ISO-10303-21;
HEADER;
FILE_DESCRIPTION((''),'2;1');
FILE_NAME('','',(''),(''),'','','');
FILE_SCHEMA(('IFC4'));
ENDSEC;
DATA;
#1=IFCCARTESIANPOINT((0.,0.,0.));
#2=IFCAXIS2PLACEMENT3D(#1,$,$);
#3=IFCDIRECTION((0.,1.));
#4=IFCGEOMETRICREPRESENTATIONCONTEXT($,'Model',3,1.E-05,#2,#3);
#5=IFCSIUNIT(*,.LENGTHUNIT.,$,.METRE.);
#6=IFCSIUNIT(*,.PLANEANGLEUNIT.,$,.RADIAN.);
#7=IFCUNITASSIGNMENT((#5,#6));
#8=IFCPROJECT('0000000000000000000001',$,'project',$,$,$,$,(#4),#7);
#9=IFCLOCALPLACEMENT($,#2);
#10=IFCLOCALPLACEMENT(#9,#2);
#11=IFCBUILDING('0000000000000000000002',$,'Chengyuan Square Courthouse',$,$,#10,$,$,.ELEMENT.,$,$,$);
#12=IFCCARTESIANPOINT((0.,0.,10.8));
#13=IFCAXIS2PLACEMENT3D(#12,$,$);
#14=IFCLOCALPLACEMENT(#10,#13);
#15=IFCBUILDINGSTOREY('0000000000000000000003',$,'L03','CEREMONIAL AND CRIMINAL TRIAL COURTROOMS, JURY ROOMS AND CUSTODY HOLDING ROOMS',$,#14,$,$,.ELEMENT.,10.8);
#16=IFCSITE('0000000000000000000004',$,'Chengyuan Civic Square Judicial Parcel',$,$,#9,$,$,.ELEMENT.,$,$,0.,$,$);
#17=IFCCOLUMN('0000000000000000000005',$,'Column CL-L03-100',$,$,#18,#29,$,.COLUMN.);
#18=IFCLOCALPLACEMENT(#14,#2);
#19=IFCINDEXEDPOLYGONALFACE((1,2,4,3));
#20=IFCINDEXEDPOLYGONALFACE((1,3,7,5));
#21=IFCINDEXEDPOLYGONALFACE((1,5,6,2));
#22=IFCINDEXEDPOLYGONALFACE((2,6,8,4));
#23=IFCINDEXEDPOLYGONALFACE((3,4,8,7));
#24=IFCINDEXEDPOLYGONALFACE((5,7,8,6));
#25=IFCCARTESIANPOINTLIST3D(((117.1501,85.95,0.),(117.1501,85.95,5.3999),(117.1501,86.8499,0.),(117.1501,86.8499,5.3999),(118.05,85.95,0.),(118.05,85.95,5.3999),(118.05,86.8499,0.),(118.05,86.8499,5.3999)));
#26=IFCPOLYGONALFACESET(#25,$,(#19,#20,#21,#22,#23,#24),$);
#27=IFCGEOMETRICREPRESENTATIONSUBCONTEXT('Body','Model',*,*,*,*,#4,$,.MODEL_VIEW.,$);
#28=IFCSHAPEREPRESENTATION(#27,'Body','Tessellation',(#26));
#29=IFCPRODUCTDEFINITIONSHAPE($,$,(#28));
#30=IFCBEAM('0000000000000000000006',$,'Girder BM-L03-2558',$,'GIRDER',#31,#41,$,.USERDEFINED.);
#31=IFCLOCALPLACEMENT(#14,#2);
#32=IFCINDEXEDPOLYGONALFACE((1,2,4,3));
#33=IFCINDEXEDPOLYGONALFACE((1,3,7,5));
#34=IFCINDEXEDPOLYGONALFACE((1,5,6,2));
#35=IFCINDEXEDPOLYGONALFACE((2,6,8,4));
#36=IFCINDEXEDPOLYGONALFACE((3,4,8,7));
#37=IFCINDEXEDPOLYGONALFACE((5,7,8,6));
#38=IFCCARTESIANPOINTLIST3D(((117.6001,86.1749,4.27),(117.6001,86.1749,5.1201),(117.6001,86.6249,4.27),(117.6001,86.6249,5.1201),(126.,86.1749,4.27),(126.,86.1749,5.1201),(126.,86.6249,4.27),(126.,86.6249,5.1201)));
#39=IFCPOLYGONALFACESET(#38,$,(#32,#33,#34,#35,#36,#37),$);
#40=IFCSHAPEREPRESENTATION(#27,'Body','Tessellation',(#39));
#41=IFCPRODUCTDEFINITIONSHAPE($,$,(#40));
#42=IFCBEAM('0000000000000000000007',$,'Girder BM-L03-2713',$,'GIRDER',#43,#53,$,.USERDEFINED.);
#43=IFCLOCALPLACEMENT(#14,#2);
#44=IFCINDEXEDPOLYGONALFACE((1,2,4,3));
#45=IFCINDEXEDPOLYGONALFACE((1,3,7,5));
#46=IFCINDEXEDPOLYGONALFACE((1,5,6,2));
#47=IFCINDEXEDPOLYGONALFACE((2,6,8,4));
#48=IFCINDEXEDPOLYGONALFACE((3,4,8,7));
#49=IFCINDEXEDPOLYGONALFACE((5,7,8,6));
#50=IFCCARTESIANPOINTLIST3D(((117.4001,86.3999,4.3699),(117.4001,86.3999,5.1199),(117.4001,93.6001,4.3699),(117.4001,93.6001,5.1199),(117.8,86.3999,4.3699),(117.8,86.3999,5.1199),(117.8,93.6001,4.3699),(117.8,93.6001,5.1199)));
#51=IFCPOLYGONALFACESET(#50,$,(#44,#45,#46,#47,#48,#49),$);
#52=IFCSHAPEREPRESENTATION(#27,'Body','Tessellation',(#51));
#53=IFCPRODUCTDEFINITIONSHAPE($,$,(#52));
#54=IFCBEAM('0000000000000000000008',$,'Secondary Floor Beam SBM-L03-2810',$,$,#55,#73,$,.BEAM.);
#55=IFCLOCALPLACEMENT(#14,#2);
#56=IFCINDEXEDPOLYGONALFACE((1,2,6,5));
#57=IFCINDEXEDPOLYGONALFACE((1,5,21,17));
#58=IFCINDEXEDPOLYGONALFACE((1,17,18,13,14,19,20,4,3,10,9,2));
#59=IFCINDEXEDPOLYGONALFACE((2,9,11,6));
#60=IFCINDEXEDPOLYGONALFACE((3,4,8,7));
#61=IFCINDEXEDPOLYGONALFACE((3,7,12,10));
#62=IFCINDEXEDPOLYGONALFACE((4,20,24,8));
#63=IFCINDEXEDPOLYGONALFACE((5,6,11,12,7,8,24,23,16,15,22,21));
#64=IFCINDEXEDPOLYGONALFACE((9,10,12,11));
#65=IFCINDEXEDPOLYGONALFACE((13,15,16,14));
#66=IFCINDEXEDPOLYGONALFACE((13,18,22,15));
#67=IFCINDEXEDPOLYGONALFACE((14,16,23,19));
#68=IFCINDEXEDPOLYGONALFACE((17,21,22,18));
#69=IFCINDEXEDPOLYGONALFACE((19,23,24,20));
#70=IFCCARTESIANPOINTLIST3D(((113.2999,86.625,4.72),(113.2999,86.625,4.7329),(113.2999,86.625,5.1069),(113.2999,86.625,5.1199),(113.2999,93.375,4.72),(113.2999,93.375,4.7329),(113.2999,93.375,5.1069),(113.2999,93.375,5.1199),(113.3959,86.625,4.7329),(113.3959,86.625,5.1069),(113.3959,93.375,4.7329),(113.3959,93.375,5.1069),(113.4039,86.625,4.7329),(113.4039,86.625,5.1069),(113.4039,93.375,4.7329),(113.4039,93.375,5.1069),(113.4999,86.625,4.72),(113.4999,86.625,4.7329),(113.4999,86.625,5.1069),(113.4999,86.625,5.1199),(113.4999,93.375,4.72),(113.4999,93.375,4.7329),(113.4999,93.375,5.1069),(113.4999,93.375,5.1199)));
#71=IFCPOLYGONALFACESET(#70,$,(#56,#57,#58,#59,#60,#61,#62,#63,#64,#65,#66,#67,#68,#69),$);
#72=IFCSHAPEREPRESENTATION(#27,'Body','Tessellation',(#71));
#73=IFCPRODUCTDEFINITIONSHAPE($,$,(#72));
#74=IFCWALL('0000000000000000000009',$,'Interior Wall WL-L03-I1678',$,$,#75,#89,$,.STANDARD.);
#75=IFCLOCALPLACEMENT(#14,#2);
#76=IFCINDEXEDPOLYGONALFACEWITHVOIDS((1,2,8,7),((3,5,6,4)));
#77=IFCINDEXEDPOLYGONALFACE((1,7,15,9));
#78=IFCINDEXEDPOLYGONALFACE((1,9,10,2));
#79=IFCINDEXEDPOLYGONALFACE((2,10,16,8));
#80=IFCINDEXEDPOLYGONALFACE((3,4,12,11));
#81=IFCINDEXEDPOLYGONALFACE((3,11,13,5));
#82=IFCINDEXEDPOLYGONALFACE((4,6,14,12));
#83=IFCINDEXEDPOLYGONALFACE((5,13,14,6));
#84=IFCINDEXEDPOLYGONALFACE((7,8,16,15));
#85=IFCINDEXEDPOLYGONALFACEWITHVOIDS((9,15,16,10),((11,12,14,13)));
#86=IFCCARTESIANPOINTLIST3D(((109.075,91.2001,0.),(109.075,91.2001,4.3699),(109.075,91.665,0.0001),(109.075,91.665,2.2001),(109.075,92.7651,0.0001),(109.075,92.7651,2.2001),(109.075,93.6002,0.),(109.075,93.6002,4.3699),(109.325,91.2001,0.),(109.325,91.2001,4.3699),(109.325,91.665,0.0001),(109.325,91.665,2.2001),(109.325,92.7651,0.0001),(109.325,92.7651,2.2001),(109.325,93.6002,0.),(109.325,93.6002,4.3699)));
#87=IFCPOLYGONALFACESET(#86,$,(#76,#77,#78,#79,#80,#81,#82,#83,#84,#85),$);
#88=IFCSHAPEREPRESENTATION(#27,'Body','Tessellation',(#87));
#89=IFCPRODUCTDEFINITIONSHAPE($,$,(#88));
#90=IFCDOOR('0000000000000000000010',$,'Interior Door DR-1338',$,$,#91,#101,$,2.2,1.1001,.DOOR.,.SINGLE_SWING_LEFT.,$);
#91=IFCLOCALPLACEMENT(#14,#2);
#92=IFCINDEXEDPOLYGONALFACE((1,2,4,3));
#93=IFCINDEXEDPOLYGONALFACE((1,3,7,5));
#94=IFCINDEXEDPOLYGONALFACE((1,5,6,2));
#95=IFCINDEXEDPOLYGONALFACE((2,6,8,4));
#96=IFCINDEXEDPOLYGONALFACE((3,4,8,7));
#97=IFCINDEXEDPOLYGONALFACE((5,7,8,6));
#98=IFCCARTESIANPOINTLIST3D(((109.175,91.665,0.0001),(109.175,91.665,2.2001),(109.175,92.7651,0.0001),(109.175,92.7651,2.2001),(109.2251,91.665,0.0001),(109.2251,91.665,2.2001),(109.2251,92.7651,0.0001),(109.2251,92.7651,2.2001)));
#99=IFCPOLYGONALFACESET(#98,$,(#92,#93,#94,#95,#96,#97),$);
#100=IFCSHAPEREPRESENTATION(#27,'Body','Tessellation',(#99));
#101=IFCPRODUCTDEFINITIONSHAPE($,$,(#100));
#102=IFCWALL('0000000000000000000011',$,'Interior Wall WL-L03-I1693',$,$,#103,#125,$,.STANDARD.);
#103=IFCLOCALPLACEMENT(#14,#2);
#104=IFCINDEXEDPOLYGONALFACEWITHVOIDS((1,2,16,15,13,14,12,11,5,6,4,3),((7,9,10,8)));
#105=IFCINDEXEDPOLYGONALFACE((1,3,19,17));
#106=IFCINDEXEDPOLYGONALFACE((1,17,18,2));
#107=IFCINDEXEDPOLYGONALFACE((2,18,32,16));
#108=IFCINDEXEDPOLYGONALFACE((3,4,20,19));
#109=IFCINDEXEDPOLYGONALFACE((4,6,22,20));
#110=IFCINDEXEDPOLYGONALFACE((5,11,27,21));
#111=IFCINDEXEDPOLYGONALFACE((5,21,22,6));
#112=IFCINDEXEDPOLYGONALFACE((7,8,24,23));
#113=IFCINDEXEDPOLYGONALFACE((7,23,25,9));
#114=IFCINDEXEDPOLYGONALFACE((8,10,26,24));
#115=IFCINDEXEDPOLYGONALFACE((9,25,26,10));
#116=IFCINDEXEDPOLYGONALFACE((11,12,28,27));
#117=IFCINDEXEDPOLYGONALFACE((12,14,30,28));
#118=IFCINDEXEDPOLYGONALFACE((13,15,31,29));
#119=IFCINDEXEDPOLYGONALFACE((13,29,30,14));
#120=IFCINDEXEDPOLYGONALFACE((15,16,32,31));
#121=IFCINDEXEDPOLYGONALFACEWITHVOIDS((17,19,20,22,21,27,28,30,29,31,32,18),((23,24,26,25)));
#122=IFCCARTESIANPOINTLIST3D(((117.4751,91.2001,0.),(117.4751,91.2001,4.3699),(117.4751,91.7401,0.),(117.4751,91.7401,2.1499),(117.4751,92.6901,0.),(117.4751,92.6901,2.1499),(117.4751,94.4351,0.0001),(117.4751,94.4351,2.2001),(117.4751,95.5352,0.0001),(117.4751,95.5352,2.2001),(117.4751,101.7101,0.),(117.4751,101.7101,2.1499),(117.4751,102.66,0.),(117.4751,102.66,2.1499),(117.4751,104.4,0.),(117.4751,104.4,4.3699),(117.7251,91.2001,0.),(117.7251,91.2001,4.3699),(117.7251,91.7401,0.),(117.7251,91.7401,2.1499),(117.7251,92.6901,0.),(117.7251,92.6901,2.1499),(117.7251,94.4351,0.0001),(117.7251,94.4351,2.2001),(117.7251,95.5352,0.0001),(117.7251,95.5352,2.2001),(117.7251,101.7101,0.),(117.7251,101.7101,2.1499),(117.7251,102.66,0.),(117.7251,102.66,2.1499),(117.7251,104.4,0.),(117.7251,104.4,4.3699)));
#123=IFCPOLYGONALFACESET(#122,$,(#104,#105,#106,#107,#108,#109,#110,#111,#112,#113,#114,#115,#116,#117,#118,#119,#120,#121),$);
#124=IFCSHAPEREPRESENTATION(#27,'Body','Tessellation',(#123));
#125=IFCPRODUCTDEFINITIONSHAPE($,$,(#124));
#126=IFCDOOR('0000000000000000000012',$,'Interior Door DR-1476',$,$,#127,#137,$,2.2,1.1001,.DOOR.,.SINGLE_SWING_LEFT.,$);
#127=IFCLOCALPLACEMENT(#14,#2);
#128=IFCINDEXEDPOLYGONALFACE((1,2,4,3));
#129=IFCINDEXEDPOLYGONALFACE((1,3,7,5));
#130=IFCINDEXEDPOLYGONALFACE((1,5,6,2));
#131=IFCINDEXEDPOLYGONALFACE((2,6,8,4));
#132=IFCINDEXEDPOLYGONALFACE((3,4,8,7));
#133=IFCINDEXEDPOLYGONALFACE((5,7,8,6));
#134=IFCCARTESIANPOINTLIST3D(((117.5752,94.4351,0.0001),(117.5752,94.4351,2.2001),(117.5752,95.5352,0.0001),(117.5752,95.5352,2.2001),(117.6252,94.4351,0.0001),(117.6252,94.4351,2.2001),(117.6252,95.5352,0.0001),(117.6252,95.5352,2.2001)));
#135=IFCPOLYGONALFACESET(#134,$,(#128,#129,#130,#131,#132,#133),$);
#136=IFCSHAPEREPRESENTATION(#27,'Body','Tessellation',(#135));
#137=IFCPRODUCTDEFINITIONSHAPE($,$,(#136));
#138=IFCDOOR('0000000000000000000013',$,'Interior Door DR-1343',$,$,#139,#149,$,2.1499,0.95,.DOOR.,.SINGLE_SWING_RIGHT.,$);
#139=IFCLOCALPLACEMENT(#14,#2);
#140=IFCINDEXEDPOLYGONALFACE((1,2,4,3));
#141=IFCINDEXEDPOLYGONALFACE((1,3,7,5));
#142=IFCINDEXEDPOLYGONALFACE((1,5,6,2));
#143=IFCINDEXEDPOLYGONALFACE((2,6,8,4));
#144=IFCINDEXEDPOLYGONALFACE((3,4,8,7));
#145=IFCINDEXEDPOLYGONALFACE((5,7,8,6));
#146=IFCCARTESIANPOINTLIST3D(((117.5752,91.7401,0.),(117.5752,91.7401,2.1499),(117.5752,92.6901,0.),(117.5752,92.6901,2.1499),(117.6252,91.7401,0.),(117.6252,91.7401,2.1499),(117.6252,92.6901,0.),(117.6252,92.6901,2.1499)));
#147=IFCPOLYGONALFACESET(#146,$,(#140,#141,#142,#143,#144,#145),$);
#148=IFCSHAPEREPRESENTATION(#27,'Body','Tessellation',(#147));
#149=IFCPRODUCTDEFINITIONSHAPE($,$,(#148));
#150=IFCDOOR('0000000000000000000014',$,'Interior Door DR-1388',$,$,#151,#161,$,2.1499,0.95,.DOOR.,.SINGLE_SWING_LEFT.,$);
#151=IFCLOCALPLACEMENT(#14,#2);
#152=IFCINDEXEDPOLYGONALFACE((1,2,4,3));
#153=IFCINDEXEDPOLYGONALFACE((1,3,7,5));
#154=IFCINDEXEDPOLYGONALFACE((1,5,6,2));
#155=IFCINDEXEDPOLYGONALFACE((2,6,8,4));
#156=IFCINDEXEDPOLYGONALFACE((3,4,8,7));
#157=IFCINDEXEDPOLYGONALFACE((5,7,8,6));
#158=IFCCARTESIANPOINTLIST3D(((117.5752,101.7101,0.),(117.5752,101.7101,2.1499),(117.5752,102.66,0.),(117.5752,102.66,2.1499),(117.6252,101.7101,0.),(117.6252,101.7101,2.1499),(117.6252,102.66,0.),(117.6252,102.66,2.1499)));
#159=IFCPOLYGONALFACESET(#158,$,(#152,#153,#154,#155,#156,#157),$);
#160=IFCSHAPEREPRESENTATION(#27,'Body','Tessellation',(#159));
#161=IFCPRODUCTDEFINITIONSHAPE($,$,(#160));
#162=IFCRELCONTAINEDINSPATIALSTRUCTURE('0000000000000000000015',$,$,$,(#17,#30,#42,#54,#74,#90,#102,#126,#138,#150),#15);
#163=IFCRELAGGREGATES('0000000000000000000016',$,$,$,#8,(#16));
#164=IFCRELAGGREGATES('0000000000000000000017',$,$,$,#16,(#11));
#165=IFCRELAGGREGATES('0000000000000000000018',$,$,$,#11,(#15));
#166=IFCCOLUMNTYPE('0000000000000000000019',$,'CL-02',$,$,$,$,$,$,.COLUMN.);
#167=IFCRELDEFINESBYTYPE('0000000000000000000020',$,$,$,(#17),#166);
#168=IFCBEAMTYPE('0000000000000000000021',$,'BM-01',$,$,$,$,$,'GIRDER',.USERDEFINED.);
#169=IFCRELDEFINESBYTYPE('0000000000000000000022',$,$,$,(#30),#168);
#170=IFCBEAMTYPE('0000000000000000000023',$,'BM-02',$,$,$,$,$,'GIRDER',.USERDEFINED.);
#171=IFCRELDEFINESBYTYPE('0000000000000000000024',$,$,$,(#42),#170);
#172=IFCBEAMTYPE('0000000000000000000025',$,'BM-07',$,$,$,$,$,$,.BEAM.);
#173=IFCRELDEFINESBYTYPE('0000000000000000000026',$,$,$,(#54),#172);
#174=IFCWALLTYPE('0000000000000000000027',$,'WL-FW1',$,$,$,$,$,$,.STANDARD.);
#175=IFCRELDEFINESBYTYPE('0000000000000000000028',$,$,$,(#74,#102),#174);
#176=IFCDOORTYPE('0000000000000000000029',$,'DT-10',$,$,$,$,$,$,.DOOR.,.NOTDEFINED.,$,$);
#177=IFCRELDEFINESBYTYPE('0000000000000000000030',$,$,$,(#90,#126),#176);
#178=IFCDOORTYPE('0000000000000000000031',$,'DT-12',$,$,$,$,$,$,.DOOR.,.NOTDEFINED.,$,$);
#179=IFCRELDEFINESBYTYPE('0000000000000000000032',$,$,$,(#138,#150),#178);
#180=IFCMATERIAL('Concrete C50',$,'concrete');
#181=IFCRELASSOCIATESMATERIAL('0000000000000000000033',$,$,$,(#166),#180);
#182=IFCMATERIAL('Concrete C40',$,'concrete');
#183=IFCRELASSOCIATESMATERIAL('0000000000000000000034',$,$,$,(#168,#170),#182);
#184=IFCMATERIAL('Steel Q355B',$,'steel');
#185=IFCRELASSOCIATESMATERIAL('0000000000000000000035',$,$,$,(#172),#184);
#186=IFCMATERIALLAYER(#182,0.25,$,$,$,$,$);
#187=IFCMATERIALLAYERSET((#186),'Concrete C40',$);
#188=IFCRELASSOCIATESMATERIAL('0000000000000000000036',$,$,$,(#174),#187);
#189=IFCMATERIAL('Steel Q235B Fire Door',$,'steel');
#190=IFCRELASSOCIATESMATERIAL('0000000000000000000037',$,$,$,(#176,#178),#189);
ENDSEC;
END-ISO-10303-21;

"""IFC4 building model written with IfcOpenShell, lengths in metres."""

from ifc_helpers import new_model, si_unit, direction, frame, frame_2d, origin, origin_2d, place, context, subcontext, project, spatial, rectangle, i_section, extrude, material, layer, layer_set, material_profile, profile_set, type_object, element, fill, save


model = new_model("IFC4")

# Units and contexts
model_context = context("Model", 3, precision=1e-05, world=origin(), true_north=direction((0.0, 1.0)))
body_context = subcontext(model_context, "Body", "Model", "MODEL_VIEW")
ifc_project = project(units=[si_unit("LENGTHUNIT", "METRE"), si_unit("PLANEANGLEUNIT", "RADIAN")], contexts=[model_context])

# Site, building, storey
site_placement = place(None, origin())
site = spatial("IfcSite", under=ifc_project, at=site_placement, Name="Chengyuan Civic Square Judicial Parcel", CompositionType="ELEMENT", RefElevation=0.0)
building_placement = place(site_placement, origin())
building = spatial("IfcBuilding", under=site, at=building_placement, Name="Chengyuan Square Courthouse", CompositionType="ELEMENT")
storey_placement = place(building_placement, frame((0.0, 0.0, 10.8)))
storey = spatial("IfcBuildingStorey", under=building, at=storey_placement, Name="L03", Description="CEREMONIAL AND CRIMINAL TRIAL COURTROOMS, JURY ROOMS AND CUSTODY HOLDING ROOMS", CompositionType="ELEMENT", Elevation=10.8)

# Column
ifc_material_1 = material(Name="Concrete C50", Category="concrete")
ifc_material_profile_1 = material_profile(ifc_material_1, rectangle(XDim=0.8999, YDim=0.8999, at=origin_2d()), Name="RC-COL-900x900")
ifc_profile_set_1 = profile_set([ifc_material_profile_1], Name="Concrete C50")
column_type = type_object("IfcColumnType", Name="CL-02", PredefinedType="COLUMN", material=ifc_profile_set_1)
column_placement = place(storey_placement, frame((117.6001, 86.3999, 0.0), z_axis=(0.0, 0.0, 1.0), x_axis=(1.0, 0.0, 0.0)))
element("IfcColumn", 1, at=column_placement, inside=storey, type_object=column_type, Name="Column CL-L03-100", PredefinedType="COLUMN", context=body_context, shape_type="SweptSolid", body=[
    extrude(rectangle(XDim=0.8999, YDim=0.8999, at=origin_2d()), origin(), (0.0, 0.0, 1.0), 5.3999),
])

# Beams
ifc_material_2 = material(Name="Concrete C40", Category="concrete")
ifc_material_profile_2 = material_profile(ifc_material_2, rectangle(XDim=0.45, YDim=0.8501, at=origin_2d()), Name="RC-BM-450x850")
ifc_profile_set_2 = profile_set([ifc_material_profile_2], Name="Concrete C40")
beam_type_1 = type_object("IfcBeamType", Name="BM-01", ElementType="GIRDER", PredefinedType="USERDEFINED", material=ifc_profile_set_2)
beam_1_placement = place(storey_placement, frame((117.6001, 86.3999, 4.6951), z_axis=(1.0, 0.0, 0.0), x_axis=(0.0, 1.0, 0.0)))
element("IfcBeam", 2, at=beam_1_placement, inside=storey, type_object=beam_type_1, Name="Girder BM-L03-2558", ObjectType="GIRDER", PredefinedType="USERDEFINED", context=body_context, shape_type="SweptSolid", body=[
    extrude(rectangle(XDim=0.45, YDim=0.8501, at=origin_2d()), origin(), (0.0, 0.0, 1.0), 8.3999),
])
ifc_material_profile_3 = material_profile(ifc_material_2, rectangle(XDim=0.3999, YDim=0.75, at=origin_2d()), Name="RC-BM-400x750")
ifc_profile_set_3 = profile_set([ifc_material_profile_3], Name="Concrete C40")
beam_type_2 = type_object("IfcBeamType", Name="BM-02", ElementType="GIRDER", PredefinedType="USERDEFINED", material=ifc_profile_set_3)
beam_2_placement = place(storey_placement, frame((117.6001, 86.3999, 4.7449), z_axis=(0.0, 1.0, 0.0), x_axis=(-1.0, 0.0, 0.0)))
element("IfcBeam", 3, at=beam_2_placement, inside=storey, type_object=beam_type_2, Name="Girder BM-L03-2713", ObjectType="GIRDER", PredefinedType="USERDEFINED", context=body_context, shape_type="SweptSolid", body=[
    extrude(rectangle(XDim=0.3999, YDim=0.75, at=origin_2d()), origin(), (0.0, 0.0, 1.0), 7.2002),
])
ifc_material_3 = material(Name="Steel Q355B", Category="steel")
ifc_material_profile_4 = material_profile(ifc_material_3, i_section(OverallWidth=0.2, OverallDepth=0.3999, WebThickness=0.0081, FlangeThickness=0.0129, at=origin_2d()), Name="HN 400x200x8x13")
ifc_profile_set_4 = profile_set([ifc_material_profile_4], Name="Steel Q355B")
beam_type_3 = type_object("IfcBeamType", Name="BM-07", PredefinedType="BEAM", material=ifc_profile_set_4)
beam_3_placement = place(storey_placement, frame((113.3999, 86.625, 4.9199), z_axis=(0.0, 1.0, 0.0), x_axis=(-1.0, 0.0, 0.0)))
element("IfcBeam", 4, at=beam_3_placement, inside=storey, type_object=beam_type_3, Name="Secondary Floor Beam SBM-L03-2810", PredefinedType="BEAM", context=body_context, shape_type="SweptSolid", body=[
    extrude(i_section(OverallWidth=0.2, OverallDepth=0.3999, WebThickness=0.0081, FlangeThickness=0.0129, at=origin_2d()), origin(), (0.0, 0.0, 1.0), 6.75),
])

# Wall, opening, door
ifc_layer_1 = layer(ifc_material_2, 0.25)
ifc_layer_set_1 = layer_set([ifc_layer_1], Name="Concrete C40")
wall_type_1 = type_object("IfcWallType", Name="WL-FW1", PredefinedType="STANDARD", material=ifc_layer_set_1)
wall_1_placement = place(storey_placement, frame((109.2, 91.2, 0.0), z_axis=(0.0, 0.0, 1.0), x_axis=(0.0, 1.0, 0.0)))
wall_1 = element("IfcWall", 5, at=wall_1_placement, inside=storey, type_object=wall_type_1, Name="Interior Wall WL-L03-I1678", PredefinedType="STANDARD", context=body_context, shape_type="SweptSolid", body=[
    extrude(rectangle(XDim=2.4001, YDim=0.25, at=frame_2d((1.2002, 0.0))), origin(), (0.0, 0.0, 1.0), 4.3699),
])
opening_1_placement = place(wall_1_placement, frame((0.4651, 0.0, 0.0)))
opening_1 = element("IfcOpeningElement", 6, at=opening_1_placement, cuts=wall_1, PredefinedType="OPENING", context=body_context, shape_type="SweptSolid", body=[
    extrude(rectangle(XDim=1.1001, YDim=2.2, at=frame_2d((0.55, 1.1001))), frame((0.0, 0.137, 0.0), z_axis=(0.0, -1.0, 0.0), x_axis=(1.0, 0.0, 0.0)), (0.0, 0.0, 1.0), 0.2739),
])
ifc_material_4 = material(Name="Steel Q235B Fire Door", Category="steel")
door_type_1 = type_object("IfcDoorType", Name="DT-10", OperationType="NOTDEFINED", PredefinedType="DOOR", material=ifc_material_4)
door_1_placement = place(opening_1_placement, origin())
door_1 = element("IfcDoor", 7, at=door_1_placement, inside=storey, type_object=door_type_1, Name="Interior Door DR-1338", OperationType="SINGLE_SWING_LEFT", OverallHeight=2.2, OverallWidth=1.1001, PredefinedType="DOOR", context=body_context, shape_type="SweptSolid", body=[
    extrude(rectangle(XDim=1.1001, YDim=2.2, at=frame_2d((0.55, 1.1001))), frame((0.0, 0.0249, 0.0), z_axis=(0.0, -1.0, 0.0), x_axis=(1.0, 0.0, 0.0)), (0.0, 0.0, 1.0), 0.05),
])
fill(opening_1, door_1)

# Wall, openings, doors
wall_2_placement = place(storey_placement, frame((117.6001, 91.2, 0.0), z_axis=(0.0, 0.0, 1.0), x_axis=(0.0, 1.0, 0.0)))
wall_2 = element("IfcWall", 8, at=wall_2_placement, inside=storey, type_object=wall_type_1, Name="Interior Wall WL-L03-I1693", PredefinedType="STANDARD", context=body_context, shape_type="SweptSolid", body=[
    extrude(rectangle(XDim=13.2, YDim=0.25, at=frame_2d((6.6001, 0.0))), origin(), (0.0, 0.0, 1.0), 4.3699),
])
opening_2_placement = place(wall_2_placement, frame((0.54, 0.0, 0.0)))
opening_2 = element("IfcOpeningElement", 9, at=opening_2_placement, cuts=wall_2, PredefinedType="OPENING", context=body_context, shape_type="SweptSolid", body=[
    extrude(rectangle(XDim=0.95, YDim=2.1499, at=frame_2d((0.4751, 1.075))), frame((0.0, 0.137, 0.0), z_axis=(0.0, -1.0, 0.0), x_axis=(1.0, 0.0, 0.0)), (0.0, 0.0, 1.0), 0.2739),
])
opening_3_placement = place(wall_2_placement, frame((10.51, 0.0, 0.0)))
opening_3 = element("IfcOpeningElement", 10, at=opening_3_placement, cuts=wall_2, PredefinedType="OPENING", context=body_context, shape_type="SweptSolid", body=[
    extrude(rectangle(XDim=0.95, YDim=2.1499, at=frame_2d((0.4751, 1.075))), frame((0.0, 0.137, 0.0), z_axis=(0.0, -1.0, 0.0), x_axis=(1.0, 0.0, 0.0)), (0.0, 0.0, 1.0), 0.2739),
])
opening_4_placement = place(wall_2_placement, frame((3.2351, 0.0, 0.0)))
opening_4 = element("IfcOpeningElement", 11, at=opening_4_placement, cuts=wall_2, PredefinedType="OPENING", context=body_context, shape_type="SweptSolid", body=[
    extrude(rectangle(XDim=1.1001, YDim=2.2, at=frame_2d((0.55, 1.1001))), frame((0.0, 0.137, 0.0), z_axis=(0.0, -1.0, 0.0), x_axis=(1.0, 0.0, 0.0)), (0.0, 0.0, 1.0), 0.2739),
])
door_2_placement = place(opening_4_placement, origin())
door_2 = element("IfcDoor", 12, at=door_2_placement, inside=storey, type_object=door_type_1, Name="Interior Door DR-1476", OperationType="SINGLE_SWING_LEFT", OverallHeight=2.2, OverallWidth=1.1001, PredefinedType="DOOR", context=body_context, shape_type="SweptSolid", body=[
    extrude(rectangle(XDim=1.1001, YDim=2.2, at=frame_2d((0.55, 1.1001))), frame((0.0, 0.0249, 0.0), z_axis=(0.0, -1.0, 0.0), x_axis=(1.0, 0.0, 0.0)), (0.0, 0.0, 1.0), 0.05),
])
fill(opening_4, door_2)
door_type_2 = type_object("IfcDoorType", Name="DT-12", OperationType="NOTDEFINED", PredefinedType="DOOR", material=ifc_material_4)
door_3_placement = place(opening_2_placement, origin())
door_3 = element("IfcDoor", 13, at=door_3_placement, inside=storey, type_object=door_type_2, Name="Interior Door DR-1343", OperationType="SINGLE_SWING_RIGHT", OverallHeight=2.1499, OverallWidth=0.95, PredefinedType="DOOR", context=body_context, shape_type="SweptSolid", body=[
    extrude(rectangle(XDim=0.95, YDim=2.1499, at=frame_2d((0.4751, 1.075))), frame((0.0, 0.0249, 0.0), z_axis=(0.0, -1.0, 0.0), x_axis=(1.0, 0.0, 0.0)), (0.0, 0.0, 1.0), 0.05),
])
fill(opening_2, door_3)
door_4_placement = place(opening_3_placement, origin())
door_4 = element("IfcDoor", 14, at=door_4_placement, inside=storey, type_object=door_type_2, Name="Interior Door DR-1388", OperationType="SINGLE_SWING_LEFT", OverallHeight=2.1499, OverallWidth=0.95, PredefinedType="DOOR", context=body_context, shape_type="SweptSolid", body=[
    extrude(rectangle(XDim=0.95, YDim=2.1499, at=frame_2d((0.4751, 1.075))), frame((0.0, 0.0249, 0.0), z_axis=(0.0, -1.0, 0.0), x_axis=(1.0, 0.0, 0.0)), (0.0, 0.0, 1.0), 0.05),
])
fill(opening_3, door_4)

save(model, "model.ifc")
